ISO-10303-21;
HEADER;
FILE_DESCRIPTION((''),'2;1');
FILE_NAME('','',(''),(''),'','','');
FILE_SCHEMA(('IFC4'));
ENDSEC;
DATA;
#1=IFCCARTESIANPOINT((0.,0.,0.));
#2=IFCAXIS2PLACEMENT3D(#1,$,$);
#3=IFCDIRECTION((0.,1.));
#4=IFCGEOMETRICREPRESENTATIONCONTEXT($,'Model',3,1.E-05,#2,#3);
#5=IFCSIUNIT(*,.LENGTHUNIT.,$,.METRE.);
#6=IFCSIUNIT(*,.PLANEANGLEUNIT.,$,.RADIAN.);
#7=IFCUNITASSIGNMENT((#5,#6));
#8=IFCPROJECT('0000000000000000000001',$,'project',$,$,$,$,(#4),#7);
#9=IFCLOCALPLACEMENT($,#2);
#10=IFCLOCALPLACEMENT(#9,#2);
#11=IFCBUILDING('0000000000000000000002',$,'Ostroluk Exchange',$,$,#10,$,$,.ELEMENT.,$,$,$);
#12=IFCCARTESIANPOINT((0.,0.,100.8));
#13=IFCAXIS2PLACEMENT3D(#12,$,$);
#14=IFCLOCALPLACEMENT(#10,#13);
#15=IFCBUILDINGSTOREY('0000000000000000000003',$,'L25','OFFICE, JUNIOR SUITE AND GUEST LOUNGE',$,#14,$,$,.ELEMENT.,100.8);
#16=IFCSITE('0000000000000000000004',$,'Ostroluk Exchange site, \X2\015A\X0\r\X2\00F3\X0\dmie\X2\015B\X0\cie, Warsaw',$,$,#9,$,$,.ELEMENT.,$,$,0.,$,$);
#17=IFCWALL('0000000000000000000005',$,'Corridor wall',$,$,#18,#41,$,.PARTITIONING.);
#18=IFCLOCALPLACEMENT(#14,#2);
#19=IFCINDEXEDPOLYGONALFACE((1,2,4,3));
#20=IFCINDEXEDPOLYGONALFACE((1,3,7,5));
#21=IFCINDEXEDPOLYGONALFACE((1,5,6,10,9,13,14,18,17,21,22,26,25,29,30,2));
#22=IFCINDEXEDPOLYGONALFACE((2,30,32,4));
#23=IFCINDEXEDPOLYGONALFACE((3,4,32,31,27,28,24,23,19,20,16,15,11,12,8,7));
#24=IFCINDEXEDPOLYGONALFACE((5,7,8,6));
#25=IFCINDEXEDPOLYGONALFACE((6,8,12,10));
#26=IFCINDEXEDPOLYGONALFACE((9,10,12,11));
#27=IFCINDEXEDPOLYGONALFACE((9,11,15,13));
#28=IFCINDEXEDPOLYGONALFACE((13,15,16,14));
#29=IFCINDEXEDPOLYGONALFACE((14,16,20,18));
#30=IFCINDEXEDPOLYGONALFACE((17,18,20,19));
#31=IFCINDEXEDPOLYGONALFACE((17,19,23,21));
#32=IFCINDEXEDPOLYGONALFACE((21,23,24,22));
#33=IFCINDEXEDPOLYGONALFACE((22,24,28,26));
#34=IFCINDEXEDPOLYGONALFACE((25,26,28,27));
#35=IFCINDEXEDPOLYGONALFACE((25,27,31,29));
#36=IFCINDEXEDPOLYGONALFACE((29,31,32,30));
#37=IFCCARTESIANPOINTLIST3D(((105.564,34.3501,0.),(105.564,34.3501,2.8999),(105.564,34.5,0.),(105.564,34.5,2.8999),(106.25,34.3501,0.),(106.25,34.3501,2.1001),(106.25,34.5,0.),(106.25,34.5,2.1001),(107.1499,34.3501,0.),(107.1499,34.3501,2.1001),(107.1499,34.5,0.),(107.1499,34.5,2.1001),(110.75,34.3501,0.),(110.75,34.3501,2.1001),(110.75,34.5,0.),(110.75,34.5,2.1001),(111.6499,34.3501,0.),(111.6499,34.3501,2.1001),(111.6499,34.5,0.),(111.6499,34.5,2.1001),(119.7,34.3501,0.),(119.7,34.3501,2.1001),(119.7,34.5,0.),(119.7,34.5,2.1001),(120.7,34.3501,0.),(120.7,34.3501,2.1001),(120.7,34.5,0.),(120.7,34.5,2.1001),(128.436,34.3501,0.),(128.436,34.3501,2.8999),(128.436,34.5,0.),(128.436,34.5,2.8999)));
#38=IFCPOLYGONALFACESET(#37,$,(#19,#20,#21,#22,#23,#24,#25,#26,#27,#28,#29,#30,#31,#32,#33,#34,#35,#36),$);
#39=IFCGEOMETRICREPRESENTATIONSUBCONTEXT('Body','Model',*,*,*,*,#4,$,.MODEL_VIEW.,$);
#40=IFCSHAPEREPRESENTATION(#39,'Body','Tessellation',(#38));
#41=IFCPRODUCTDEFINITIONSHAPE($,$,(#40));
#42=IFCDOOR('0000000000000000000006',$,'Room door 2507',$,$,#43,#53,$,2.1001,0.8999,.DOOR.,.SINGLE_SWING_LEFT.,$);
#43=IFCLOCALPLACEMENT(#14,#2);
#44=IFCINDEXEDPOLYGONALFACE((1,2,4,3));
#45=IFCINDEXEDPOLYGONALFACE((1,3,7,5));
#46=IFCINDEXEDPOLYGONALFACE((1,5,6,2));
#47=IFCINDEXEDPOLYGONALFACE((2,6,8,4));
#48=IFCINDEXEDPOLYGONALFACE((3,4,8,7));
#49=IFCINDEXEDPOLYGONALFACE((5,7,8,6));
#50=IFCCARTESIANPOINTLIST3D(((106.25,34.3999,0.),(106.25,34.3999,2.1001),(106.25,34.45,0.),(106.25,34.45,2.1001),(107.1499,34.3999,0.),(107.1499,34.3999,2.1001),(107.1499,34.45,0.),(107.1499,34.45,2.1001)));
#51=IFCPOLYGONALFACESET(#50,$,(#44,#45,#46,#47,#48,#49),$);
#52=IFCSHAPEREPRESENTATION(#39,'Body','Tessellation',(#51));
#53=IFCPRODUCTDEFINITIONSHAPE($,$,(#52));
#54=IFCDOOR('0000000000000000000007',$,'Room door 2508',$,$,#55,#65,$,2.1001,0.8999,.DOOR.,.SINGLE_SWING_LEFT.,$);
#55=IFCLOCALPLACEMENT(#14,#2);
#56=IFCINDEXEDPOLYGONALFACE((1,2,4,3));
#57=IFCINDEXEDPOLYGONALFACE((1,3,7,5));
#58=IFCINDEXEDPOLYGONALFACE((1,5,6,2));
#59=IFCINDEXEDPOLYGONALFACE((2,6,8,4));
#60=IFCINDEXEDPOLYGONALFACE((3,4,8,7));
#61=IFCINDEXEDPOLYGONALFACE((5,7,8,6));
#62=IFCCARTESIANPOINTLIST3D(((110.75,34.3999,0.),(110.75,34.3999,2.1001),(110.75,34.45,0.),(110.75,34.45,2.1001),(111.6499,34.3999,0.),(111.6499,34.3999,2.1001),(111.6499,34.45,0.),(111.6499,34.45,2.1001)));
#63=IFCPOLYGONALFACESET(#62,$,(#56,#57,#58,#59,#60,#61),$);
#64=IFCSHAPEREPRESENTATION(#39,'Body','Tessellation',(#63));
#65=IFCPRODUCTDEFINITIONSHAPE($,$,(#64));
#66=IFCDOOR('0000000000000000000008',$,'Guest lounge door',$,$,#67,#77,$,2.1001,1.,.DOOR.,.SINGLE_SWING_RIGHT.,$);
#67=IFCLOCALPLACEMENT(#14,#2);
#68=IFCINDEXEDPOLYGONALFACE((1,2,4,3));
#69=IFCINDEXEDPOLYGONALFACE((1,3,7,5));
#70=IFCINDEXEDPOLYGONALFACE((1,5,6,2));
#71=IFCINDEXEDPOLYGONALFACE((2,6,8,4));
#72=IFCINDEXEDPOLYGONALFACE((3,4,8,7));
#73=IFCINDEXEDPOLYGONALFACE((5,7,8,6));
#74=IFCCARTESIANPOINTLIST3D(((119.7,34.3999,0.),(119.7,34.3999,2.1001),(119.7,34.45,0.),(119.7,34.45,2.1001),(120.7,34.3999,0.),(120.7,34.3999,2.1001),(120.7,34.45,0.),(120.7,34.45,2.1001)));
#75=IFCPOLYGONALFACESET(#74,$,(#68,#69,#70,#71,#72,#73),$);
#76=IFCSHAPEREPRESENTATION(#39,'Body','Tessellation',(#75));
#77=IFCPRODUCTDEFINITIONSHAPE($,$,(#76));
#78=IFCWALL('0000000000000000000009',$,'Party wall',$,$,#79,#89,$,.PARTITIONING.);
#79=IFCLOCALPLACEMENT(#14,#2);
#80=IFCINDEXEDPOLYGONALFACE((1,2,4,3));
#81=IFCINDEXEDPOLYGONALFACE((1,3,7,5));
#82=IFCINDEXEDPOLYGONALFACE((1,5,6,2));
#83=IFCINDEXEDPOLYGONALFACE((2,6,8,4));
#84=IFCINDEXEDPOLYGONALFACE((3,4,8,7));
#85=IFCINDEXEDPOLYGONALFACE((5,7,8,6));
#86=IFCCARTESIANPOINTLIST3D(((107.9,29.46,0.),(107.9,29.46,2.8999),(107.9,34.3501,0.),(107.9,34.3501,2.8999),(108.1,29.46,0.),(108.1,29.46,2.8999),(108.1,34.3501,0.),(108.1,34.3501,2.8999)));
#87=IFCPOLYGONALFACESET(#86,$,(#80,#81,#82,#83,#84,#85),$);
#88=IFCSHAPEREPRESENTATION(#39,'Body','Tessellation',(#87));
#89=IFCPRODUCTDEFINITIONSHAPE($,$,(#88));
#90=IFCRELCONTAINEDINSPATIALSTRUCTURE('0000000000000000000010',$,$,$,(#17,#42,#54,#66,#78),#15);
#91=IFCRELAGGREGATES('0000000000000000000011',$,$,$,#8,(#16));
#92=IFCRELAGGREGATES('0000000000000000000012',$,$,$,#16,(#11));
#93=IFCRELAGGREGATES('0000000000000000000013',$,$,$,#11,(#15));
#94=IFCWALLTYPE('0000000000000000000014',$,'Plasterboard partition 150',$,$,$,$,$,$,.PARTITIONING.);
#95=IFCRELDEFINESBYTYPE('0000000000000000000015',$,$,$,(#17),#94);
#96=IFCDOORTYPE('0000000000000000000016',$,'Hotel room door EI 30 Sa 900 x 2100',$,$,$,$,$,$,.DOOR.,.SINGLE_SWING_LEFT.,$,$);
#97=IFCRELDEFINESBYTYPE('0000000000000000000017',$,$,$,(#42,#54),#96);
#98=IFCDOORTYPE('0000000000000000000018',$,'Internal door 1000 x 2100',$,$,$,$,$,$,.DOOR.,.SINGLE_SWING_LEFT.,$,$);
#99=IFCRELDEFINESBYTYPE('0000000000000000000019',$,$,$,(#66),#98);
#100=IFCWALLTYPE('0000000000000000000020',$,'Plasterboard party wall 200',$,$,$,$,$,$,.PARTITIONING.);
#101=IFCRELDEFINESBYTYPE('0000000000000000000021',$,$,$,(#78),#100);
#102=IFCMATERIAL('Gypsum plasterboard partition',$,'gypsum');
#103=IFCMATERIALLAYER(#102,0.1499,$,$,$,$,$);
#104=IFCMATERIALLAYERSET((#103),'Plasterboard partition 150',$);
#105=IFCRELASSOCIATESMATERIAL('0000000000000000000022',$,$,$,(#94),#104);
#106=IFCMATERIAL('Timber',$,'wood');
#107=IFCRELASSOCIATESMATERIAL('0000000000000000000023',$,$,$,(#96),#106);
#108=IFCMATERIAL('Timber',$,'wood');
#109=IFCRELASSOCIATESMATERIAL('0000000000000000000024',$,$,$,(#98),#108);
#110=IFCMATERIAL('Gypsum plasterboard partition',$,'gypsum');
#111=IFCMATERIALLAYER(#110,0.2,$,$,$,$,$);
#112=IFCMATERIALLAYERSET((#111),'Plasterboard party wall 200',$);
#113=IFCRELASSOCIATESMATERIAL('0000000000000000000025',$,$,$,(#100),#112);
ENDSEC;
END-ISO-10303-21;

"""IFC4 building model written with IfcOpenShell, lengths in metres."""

from ifc_helpers import new_model, si_unit, direction, frame, frame_2d, origin, place, context, subcontext, project, spatial, rectangle, extrude, material, layer, layer_set, type_object, element, fill, save


model = new_model("IFC4")

# Units and contexts
model_context = context("Model", 3, precision=1e-05, world=origin(), true_north=direction((0.0, 1.0)))
body_context = subcontext(model_context, "Body", "Model", "MODEL_VIEW")
ifc_project = project(units=[si_unit("LENGTHUNIT", "METRE"), si_unit("PLANEANGLEUNIT", "RADIAN")], contexts=[model_context])

# Site, building, storey
site_placement = place(None, origin())
site = spatial("IfcSite", under=ifc_project, at=site_placement, Name="Ostroluk Exchange site, Śródmieście, Warsaw", CompositionType="ELEMENT", RefElevation=0.0)
building_placement = place(site_placement, origin())
building = spatial("IfcBuilding", under=site, at=building_placement, Name="Ostroluk Exchange", CompositionType="ELEMENT")
storey_placement = place(building_placement, frame((0.0, 0.0, 100.8)))
storey = spatial("IfcBuildingStorey", under=building, at=storey_placement, Name="L25", Description="OFFICE, JUNIOR SUITE AND GUEST LOUNGE", CompositionType="ELEMENT", Elevation=100.8)

# Wall, openings, doors
ifc_material_1 = material(Name="Gypsum plasterboard partition", Category="gypsum")
ifc_layer_1 = layer(ifc_material_1, 0.1499)
ifc_layer_set_1 = layer_set([ifc_layer_1], Name="Plasterboard partition 150")
wall_type_1 = type_object("IfcWallType", Name="Plasterboard partition 150", PredefinedType="PARTITIONING", material=ifc_layer_set_1)
wall_1_placement = place(storey_placement, frame((105.564, 34.425, 0.0), z_axis=(0.0, 0.0, 1.0), x_axis=(1.0, 0.0, 0.0)))
wall_1 = element("IfcWall", 1, at=wall_1_placement, inside=storey, type_object=wall_type_1, Name="Corridor wall", PredefinedType="PARTITIONING", context=body_context, shape_type="SweptSolid", body=[
    extrude(rectangle(XDim=22.8721, YDim=0.1499, at=frame_2d((11.436, 0.0))), origin(), (0.0, 0.0, 1.0), 2.8999),
])
opening_1_placement = place(wall_1_placement, frame((0.686, 0.0, 0.0)))
opening_1 = element("IfcOpeningElement", 2, at=opening_1_placement, cuts=wall_1, PredefinedType="OPENING", context=body_context, shape_type="SweptSolid", body=[
    extrude(rectangle(XDim=0.8999, YDim=2.1001, at=frame_2d((0.45, 1.05))), frame((0.0, 0.085, 0.0), z_axis=(0.0, -1.0, 0.0), x_axis=(1.0, 0.0, 0.0)), (0.0, 0.0, 1.0), 0.1699),
])
opening_2_placement = place(wall_1_placement, frame((5.186, 0.0, 0.0)))
opening_2 = element("IfcOpeningElement", 3, at=opening_2_placement, cuts=wall_1, PredefinedType="OPENING", context=body_context, shape_type="SweptSolid", body=[
    extrude(rectangle(XDim=0.8999, YDim=2.1001, at=frame_2d((0.45, 1.05))), frame((0.0, 0.085, 0.0), z_axis=(0.0, -1.0, 0.0), x_axis=(1.0, 0.0, 0.0)), (0.0, 0.0, 1.0), 0.1699),
])
opening_3_placement = place(wall_1_placement, frame((14.136, 0.0, 0.0)))
opening_3 = element("IfcOpeningElement", 4, at=opening_3_placement, cuts=wall_1, PredefinedType="OPENING", context=body_context, shape_type="SweptSolid", body=[
    extrude(rectangle(XDim=1.0, YDim=2.1001, at=frame_2d((0.5, 1.05))), frame((0.0, 0.085, 0.0), z_axis=(0.0, -1.0, 0.0), x_axis=(1.0, 0.0, 0.0)), (0.0, 0.0, 1.0), 0.1699),
])
ifc_material_2 = material(Name="Timber", Category="wood")
door_type_1 = type_object("IfcDoorType", Name="Hotel room door EI 30 Sa 900 x 2100", OperationType="SINGLE_SWING_LEFT", PredefinedType="DOOR", material=ifc_material_2)
door_1_placement = place(opening_1_placement, origin())
door_1 = element("IfcDoor", 5, at=door_1_placement, inside=storey, type_object=door_type_1, Name="Room door 2507", OperationType="SINGLE_SWING_LEFT", OverallHeight=2.1001, OverallWidth=0.8999, PredefinedType="DOOR", context=body_context, shape_type="SweptSolid", body=[
    extrude(rectangle(XDim=0.8999, YDim=2.1001, at=frame_2d((0.45, 1.05))), frame((0.0, 0.0249, 0.0), z_axis=(0.0, -1.0, 0.0), x_axis=(1.0, 0.0, 0.0)), (0.0, 0.0, 1.0), 0.05),
])
fill(opening_1, door_1)
door_2_placement = place(opening_2_placement, origin())
door_2 = element("IfcDoor", 6, at=door_2_placement, inside=storey, type_object=door_type_1, Name="Room door 2508", OperationType="SINGLE_SWING_LEFT", OverallHeight=2.1001, OverallWidth=0.8999, PredefinedType="DOOR", context=body_context, shape_type="SweptSolid", body=[
    extrude(rectangle(XDim=0.8999, YDim=2.1001, at=frame_2d((0.45, 1.05))), frame((0.0, 0.0249, 0.0), z_axis=(0.0, -1.0, 0.0), x_axis=(1.0, 0.0, 0.0)), (0.0, 0.0, 1.0), 0.05),
])
fill(opening_2, door_2)
ifc_material_3 = material(Name="Timber", Category="wood")
door_type_2 = type_object("IfcDoorType", Name="Internal door 1000 x 2100", OperationType="SINGLE_SWING_LEFT", PredefinedType="DOOR", material=ifc_material_3)
door_3_placement = place(opening_3_placement, origin())
door_3 = element("IfcDoor", 7, at=door_3_placement, inside=storey, type_object=door_type_2, Name="Guest lounge door", OperationType="SINGLE_SWING_RIGHT", OverallHeight=2.1001, OverallWidth=1.0, PredefinedType="DOOR", context=body_context, shape_type="SweptSolid", body=[
    extrude(rectangle(XDim=1.0, YDim=2.1001, at=frame_2d((0.5, 1.05))), frame((0.0, 0.0249, 0.0), z_axis=(0.0, -1.0, 0.0), x_axis=(1.0, 0.0, 0.0)), (0.0, 0.0, 1.0), 0.05),
])
fill(opening_3, door_3)

# Wall
ifc_material_4 = material(Name="Gypsum plasterboard partition", Category="gypsum")
ifc_layer_2 = layer(ifc_material_4, 0.2)
ifc_layer_set_2 = layer_set([ifc_layer_2], Name="Plasterboard party wall 200")
wall_type_2 = type_object("IfcWallType", Name="Plasterboard party wall 200", PredefinedType="PARTITIONING", material=ifc_layer_set_2)
wall_2_placement = place(storey_placement, frame((108.0, 34.3501, 0.0), z_axis=(0.0, 0.0, 1.0), x_axis=(0.0, -1.0, 0.0)))
element("IfcWall", 8, at=wall_2_placement, inside=storey, type_object=wall_type_2, Name="Party wall", PredefinedType="PARTITIONING", context=body_context, shape_type="SweptSolid", body=[
    extrude(rectangle(XDim=4.8901, YDim=0.2, at=frame_2d((2.4451, 0.0))), origin(), (0.0, 0.0, 1.0), 2.8999),
])

save(model, "model.ifc")
